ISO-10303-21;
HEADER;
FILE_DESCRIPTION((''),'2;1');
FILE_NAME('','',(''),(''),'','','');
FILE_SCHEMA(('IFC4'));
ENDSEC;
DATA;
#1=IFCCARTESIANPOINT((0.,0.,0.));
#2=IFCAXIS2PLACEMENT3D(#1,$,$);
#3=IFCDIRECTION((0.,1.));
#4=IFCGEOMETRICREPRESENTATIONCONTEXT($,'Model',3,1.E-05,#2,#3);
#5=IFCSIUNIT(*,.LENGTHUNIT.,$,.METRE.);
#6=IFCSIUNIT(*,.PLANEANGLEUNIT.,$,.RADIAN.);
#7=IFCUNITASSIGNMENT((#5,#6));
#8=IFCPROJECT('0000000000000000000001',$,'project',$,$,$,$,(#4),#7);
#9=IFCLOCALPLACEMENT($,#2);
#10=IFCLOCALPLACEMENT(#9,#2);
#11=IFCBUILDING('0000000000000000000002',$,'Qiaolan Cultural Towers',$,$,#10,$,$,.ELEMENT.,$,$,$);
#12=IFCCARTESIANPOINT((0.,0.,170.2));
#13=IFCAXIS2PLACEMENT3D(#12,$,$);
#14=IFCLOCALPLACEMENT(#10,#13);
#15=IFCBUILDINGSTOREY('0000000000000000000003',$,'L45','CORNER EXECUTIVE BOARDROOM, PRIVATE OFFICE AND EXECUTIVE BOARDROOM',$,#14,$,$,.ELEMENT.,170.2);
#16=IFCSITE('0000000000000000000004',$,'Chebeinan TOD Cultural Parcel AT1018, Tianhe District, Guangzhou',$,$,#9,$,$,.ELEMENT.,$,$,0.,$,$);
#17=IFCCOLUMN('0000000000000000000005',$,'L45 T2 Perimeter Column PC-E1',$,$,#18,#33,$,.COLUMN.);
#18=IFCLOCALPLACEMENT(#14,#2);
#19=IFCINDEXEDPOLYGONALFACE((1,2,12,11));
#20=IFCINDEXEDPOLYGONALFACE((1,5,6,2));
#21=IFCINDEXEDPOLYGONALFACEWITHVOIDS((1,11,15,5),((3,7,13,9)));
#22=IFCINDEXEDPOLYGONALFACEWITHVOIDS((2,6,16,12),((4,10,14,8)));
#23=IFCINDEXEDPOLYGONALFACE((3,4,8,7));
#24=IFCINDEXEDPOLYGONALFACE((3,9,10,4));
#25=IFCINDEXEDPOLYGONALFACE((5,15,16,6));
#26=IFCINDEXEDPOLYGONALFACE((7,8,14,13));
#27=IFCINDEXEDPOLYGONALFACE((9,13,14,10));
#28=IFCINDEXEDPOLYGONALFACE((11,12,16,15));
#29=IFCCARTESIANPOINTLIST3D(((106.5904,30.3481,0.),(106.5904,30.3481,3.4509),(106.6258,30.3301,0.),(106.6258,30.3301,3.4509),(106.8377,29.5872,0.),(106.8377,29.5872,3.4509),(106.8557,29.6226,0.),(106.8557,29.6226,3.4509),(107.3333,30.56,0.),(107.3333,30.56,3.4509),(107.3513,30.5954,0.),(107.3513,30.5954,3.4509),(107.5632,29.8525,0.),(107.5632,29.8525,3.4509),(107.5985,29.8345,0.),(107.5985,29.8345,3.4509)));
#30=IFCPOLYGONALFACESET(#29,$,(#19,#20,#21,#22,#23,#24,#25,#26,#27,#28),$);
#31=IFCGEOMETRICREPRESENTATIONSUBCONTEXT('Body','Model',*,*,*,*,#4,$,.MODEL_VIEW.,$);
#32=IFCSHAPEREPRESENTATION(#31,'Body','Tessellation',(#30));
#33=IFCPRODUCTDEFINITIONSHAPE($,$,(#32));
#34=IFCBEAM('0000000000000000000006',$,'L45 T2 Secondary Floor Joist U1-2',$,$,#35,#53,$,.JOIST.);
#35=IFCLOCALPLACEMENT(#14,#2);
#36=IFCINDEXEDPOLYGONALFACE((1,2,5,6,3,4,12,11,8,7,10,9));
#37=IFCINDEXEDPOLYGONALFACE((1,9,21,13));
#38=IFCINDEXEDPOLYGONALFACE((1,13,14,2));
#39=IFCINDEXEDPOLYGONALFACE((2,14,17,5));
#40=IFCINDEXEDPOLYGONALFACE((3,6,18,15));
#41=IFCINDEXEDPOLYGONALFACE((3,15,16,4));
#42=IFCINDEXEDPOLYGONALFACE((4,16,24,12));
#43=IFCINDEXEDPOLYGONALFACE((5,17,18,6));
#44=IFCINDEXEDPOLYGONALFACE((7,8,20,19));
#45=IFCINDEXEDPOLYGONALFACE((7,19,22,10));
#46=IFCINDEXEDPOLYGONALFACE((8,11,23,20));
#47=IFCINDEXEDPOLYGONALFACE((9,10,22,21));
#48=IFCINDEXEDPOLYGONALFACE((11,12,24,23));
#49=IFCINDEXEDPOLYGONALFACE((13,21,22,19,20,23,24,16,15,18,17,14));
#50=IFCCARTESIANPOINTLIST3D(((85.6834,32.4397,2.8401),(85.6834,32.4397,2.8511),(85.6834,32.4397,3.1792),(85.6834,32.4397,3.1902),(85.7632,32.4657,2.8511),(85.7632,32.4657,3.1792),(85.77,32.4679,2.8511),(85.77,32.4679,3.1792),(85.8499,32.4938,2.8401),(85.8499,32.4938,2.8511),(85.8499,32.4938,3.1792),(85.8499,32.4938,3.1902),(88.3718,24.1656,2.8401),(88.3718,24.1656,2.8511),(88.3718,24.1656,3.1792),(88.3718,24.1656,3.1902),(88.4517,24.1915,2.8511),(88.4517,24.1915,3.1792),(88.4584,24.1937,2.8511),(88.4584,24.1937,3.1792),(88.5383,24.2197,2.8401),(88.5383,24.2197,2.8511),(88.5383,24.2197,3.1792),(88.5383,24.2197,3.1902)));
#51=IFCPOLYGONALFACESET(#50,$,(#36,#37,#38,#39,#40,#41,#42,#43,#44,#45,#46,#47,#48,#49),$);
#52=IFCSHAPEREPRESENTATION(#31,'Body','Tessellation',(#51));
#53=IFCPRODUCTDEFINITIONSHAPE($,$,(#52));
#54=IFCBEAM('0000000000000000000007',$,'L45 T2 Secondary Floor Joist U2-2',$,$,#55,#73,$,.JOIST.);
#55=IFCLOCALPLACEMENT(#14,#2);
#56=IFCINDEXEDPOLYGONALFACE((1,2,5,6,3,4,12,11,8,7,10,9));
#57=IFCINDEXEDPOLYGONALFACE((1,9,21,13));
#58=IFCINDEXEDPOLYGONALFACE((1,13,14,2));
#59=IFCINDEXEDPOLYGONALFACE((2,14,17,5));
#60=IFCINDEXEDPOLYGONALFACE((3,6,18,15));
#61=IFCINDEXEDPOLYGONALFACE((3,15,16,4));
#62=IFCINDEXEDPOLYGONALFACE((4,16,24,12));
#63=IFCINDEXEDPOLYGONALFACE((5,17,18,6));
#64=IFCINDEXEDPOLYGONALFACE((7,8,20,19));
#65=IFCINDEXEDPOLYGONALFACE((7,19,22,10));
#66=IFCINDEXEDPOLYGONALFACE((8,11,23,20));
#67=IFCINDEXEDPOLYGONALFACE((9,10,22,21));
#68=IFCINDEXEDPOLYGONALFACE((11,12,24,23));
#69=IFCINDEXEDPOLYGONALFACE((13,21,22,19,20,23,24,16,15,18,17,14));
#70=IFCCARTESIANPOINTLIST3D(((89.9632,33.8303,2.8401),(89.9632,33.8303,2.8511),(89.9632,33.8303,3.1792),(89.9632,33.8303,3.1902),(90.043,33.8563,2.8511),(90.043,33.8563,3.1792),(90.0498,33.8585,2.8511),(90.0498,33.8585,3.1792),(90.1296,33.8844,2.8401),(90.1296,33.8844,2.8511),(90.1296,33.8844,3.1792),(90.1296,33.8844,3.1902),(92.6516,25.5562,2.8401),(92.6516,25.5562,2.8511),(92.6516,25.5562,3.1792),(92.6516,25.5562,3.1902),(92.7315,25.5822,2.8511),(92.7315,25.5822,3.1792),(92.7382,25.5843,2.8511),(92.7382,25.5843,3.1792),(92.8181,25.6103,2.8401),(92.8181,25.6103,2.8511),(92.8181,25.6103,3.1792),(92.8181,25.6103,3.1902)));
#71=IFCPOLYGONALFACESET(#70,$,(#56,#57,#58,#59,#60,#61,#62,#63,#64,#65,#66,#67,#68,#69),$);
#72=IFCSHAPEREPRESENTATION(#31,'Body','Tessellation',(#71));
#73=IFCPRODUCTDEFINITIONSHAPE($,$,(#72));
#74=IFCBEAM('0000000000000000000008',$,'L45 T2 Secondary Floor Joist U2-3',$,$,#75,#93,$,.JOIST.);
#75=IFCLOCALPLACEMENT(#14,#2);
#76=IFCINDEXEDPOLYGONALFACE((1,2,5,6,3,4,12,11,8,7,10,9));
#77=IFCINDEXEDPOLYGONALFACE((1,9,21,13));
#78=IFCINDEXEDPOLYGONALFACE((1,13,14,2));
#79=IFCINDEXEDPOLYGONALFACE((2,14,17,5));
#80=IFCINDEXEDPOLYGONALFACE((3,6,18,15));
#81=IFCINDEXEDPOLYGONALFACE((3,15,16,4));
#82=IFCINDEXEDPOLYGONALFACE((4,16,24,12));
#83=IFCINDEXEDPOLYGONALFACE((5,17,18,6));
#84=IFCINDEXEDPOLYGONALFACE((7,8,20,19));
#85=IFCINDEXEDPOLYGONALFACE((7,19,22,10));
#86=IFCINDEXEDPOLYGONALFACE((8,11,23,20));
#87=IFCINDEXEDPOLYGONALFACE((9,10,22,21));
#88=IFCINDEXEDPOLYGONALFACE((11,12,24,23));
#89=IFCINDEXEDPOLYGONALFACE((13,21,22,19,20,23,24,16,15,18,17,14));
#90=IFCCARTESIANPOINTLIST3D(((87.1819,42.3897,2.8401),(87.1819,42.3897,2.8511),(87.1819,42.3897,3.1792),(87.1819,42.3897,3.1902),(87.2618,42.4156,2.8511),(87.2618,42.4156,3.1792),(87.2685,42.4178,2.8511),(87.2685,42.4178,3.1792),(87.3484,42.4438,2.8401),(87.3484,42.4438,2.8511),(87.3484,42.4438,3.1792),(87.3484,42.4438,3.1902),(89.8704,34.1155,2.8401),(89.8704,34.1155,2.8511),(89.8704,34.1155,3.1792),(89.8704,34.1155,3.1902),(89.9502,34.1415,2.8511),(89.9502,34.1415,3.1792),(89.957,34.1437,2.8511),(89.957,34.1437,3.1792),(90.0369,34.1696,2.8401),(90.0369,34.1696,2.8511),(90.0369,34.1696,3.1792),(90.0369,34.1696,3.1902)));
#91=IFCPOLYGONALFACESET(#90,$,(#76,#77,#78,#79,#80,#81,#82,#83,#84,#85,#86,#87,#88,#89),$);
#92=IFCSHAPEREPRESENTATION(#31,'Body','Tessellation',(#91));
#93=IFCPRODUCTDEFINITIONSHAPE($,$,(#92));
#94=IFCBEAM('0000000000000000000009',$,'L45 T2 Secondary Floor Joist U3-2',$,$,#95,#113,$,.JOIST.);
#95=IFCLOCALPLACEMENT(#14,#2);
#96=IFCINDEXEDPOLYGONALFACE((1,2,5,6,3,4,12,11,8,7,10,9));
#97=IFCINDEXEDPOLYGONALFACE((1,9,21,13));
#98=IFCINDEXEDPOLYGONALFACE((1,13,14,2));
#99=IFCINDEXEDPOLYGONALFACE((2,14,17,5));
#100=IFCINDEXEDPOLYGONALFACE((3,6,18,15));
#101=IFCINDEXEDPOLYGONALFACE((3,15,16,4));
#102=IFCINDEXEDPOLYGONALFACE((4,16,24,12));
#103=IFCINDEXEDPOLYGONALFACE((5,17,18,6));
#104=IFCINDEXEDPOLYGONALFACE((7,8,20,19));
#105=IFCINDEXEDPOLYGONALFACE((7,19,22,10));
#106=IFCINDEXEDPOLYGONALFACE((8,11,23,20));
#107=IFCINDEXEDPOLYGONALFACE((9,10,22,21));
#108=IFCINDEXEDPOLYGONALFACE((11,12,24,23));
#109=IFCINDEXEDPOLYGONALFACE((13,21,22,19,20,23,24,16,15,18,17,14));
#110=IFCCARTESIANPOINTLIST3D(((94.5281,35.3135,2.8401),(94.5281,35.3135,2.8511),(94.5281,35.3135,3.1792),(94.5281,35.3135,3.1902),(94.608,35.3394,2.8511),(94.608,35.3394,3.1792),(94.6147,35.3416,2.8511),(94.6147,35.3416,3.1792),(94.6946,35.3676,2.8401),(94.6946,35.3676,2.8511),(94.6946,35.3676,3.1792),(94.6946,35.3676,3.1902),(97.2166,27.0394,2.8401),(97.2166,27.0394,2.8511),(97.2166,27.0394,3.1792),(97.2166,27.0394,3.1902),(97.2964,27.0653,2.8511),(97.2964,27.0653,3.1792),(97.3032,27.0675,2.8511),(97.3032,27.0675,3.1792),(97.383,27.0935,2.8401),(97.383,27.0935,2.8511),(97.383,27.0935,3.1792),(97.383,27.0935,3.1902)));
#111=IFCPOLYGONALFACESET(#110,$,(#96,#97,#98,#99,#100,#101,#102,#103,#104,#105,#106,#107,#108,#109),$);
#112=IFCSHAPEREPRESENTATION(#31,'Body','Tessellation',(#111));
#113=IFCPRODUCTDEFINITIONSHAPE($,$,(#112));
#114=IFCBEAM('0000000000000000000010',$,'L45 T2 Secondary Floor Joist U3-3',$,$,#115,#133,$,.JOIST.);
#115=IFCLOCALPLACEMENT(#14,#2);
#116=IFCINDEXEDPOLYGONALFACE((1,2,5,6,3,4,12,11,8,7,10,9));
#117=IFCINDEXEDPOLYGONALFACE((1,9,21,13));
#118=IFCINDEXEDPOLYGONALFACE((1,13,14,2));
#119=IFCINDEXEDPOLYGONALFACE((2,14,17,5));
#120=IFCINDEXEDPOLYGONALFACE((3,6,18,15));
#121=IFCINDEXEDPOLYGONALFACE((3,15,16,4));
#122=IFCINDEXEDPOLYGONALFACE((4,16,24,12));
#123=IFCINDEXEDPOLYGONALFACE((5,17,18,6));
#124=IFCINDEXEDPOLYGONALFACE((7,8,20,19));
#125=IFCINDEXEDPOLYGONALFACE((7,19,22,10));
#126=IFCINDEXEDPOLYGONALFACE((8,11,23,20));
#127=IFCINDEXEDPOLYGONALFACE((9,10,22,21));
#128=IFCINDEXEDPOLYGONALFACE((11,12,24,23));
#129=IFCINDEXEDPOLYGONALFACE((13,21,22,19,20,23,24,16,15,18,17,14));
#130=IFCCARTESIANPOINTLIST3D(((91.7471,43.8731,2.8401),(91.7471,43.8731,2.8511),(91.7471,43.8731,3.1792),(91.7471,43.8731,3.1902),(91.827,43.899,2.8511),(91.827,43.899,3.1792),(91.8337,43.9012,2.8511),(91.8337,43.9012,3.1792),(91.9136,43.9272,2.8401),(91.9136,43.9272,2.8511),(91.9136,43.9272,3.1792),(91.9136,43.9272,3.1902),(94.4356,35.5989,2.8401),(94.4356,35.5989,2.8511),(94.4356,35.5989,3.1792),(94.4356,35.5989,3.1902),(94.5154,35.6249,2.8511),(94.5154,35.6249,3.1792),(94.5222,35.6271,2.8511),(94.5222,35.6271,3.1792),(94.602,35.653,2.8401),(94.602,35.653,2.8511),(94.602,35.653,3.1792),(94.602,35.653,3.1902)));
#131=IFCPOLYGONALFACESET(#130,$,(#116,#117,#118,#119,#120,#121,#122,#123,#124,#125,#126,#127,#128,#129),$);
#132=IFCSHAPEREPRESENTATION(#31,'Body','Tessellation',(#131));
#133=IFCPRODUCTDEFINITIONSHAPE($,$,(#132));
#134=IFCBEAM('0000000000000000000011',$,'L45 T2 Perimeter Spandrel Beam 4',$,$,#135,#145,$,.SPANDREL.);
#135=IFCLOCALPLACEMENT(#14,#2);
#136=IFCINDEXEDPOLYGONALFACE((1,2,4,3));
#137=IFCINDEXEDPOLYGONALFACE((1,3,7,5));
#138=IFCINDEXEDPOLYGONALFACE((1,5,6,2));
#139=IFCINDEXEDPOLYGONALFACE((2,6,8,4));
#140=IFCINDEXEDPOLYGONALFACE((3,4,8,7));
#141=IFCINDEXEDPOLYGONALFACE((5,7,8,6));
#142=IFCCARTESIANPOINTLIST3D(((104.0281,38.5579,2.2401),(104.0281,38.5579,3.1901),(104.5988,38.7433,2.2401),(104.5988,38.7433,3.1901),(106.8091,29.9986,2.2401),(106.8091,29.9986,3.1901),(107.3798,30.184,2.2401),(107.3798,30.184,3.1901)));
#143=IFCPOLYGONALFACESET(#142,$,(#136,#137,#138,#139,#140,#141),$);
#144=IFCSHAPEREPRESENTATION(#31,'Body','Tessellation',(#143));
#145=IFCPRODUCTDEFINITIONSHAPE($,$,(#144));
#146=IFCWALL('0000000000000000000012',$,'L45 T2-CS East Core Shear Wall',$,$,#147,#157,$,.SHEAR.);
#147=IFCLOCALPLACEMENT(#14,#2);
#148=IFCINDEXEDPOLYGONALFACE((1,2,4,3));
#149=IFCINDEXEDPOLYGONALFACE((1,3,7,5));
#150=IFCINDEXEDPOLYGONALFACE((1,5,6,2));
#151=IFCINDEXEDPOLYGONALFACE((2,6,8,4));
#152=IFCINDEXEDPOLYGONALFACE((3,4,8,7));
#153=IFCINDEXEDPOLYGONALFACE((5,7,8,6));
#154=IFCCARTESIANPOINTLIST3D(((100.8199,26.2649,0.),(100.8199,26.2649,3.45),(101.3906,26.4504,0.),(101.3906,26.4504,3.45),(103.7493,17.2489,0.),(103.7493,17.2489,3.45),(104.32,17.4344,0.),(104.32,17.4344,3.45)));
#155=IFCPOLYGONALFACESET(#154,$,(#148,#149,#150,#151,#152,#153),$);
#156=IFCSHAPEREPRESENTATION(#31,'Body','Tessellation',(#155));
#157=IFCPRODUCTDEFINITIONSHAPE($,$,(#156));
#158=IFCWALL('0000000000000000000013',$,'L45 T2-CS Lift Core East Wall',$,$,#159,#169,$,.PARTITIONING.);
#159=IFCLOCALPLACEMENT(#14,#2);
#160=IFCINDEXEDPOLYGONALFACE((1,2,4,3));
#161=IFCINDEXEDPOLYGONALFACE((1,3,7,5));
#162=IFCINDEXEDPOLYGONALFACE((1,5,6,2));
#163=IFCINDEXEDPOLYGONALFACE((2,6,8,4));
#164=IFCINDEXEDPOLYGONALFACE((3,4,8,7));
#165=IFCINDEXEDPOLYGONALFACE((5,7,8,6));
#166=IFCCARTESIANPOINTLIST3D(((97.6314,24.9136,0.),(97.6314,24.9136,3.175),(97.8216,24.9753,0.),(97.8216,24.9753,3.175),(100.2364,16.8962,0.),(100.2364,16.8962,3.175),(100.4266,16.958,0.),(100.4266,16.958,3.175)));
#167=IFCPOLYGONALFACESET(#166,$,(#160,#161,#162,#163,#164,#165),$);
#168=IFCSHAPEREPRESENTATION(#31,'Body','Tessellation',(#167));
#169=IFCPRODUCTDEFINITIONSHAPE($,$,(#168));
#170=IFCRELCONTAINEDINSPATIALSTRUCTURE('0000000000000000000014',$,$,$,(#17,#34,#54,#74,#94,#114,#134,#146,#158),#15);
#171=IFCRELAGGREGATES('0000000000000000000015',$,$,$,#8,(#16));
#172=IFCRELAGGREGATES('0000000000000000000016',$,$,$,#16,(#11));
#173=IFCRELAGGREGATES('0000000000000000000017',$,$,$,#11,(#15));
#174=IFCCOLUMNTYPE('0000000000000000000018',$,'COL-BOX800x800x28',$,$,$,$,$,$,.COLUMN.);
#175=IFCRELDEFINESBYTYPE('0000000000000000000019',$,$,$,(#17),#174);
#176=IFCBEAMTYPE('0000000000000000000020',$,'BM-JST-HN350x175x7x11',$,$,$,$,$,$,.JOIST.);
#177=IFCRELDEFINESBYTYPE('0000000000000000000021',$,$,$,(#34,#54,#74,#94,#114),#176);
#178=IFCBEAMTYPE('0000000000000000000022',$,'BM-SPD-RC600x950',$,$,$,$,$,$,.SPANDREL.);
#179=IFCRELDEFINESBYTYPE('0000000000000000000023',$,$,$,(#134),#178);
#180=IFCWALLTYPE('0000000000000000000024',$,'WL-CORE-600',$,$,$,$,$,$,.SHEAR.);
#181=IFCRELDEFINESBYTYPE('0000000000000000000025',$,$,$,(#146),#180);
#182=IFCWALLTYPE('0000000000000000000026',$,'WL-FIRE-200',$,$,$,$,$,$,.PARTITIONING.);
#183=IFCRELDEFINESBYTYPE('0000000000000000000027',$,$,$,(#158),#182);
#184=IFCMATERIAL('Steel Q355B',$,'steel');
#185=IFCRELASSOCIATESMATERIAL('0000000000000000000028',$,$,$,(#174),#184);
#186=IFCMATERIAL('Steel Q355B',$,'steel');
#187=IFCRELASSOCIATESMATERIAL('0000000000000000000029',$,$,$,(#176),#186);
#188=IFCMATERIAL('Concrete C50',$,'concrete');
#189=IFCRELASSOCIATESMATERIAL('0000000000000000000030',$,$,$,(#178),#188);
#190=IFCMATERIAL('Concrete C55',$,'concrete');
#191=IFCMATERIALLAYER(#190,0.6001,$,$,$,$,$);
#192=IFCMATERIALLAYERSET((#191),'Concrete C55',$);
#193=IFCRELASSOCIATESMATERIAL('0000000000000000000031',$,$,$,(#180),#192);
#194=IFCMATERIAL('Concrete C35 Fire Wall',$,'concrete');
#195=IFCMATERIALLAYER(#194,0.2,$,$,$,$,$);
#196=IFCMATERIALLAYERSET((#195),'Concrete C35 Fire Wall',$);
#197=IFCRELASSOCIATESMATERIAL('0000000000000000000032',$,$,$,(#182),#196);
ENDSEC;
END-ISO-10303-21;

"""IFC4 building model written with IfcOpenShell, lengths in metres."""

from ifc_helpers import new_model, si_unit, direction, frame, frame_2d, origin, origin_2d, place, context, subcontext, project, spatial, rectangle, hollow_rectangle, i_section, extrude, material, layer, layer_set, material_profile, profile_set, type_object, element, save


model = new_model("IFC4")

# Units and contexts
model_context = context("Model", 3, precision=1e-05, world=origin(), true_north=direction((0.0, 1.0)))
body_context = subcontext(model_context, "Body", "Model", "MODEL_VIEW")
ifc_project = project(units=[si_unit("LENGTHUNIT", "METRE"), si_unit("PLANEANGLEUNIT", "RADIAN")], contexts=[model_context])

# Site, building, storey
site_placement = place(None, origin())
site = spatial("IfcSite", under=ifc_project, at=site_placement, Name="Chebeinan TOD Cultural Parcel AT1018, Tianhe District, Guangzhou", CompositionType="ELEMENT", RefElevation=0.0)
building_placement = place(site_placement, origin())
building = spatial("IfcBuilding", under=site, at=building_placement, Name="Qiaolan Cultural Towers", CompositionType="ELEMENT")
storey_placement = place(building_placement, frame((0.0, 0.0, 170.2)))
storey = spatial("IfcBuildingStorey", under=building, at=storey_placement, Name="L45", Description="CORNER EXECUTIVE BOARDROOM, PRIVATE OFFICE AND EXECUTIVE BOARDROOM", CompositionType="ELEMENT", Elevation=170.2)

# Column
ifc_material_1 = material(Name="Steel Q355B", Category="steel")
ifc_material_profile_1 = material_profile(ifc_material_1, hollow_rectangle(XDim=0.8, YDim=0.8, WallThickness=0.0281, at=origin_2d()), Name="BOX800x800x28")
ifc_profile_set_1 = profile_set([ifc_material_profile_1], Name="Steel Q355B")
column_type = type_object("IfcColumnType", Name="COL-BOX800x800x28", PredefinedType="COLUMN", material=ifc_profile_set_1)
column_placement = place(storey_placement, frame((107.0945, 30.0913, 0.0), z_axis=(0.0, 0.0, 1.0), x_axis=(0.951057, 0.309017, 0.0)))
element("IfcColumn", 1, at=column_placement, inside=storey, type_object=column_type, Name="L45 T2 Perimeter Column PC-E1", PredefinedType="COLUMN", context=body_context, shape_type="SweptSolid", body=[
    extrude(hollow_rectangle(XDim=0.8, YDim=0.8, WallThickness=0.0281, at=origin_2d()), origin(), (0.0, 0.0, 1.0), 3.4509),
])

# Beams
ifc_material_2 = material(Name="Steel Q355B", Category="steel")
ifc_material_profile_2 = material_profile(ifc_material_2, i_section(OverallWidth=0.175, OverallDepth=0.3501, WebThickness=0.0071, FlangeThickness=0.011, at=origin_2d()), Name="HN350x175x7x11")
ifc_profile_set_2 = profile_set([ifc_material_profile_2], Name="Steel Q355B")
beam_type_1 = type_object("IfcBeamType", Name="BM-JST-HN350x175x7x11", PredefinedType="JOIST", material=ifc_profile_set_2)
for number, where, z_axis, x_axis, name in (
    (2, (88.4551, 24.1926, 3.0151), (-0.309021, 0.951055, 0.0), (-0.951055, -0.309021, 0.0), "L45 T2 Secondary Floor Joist U1-2"),
    (3, (92.7349, 25.5833, 3.0151), (-0.309021, 0.951055, 0.0), (-0.951055, -0.309021, 0.0), "L45 T2 Secondary Floor Joist U2-2"),
    (4, (89.9536, 34.1426, 3.0151), (-0.309021, 0.951055, 0.0), (-0.951055, -0.309021, 0.0), "L45 T2 Secondary Floor Joist U2-3"),
    (5, (97.2998, 27.0664, 3.0151), (-0.309021, 0.951055, 0.0), (-0.951055, -0.309021, 0.0), "L45 T2 Secondary Floor Joist U3-2"),
    (6, (94.5188, 35.626, 3.0151), (-0.309021, 0.951055, 0.0), (-0.951055, -0.309021, 0.0), "L45 T2 Secondary Floor Joist U3-3"),
):
    element("IfcBeam", number, at=place(storey_placement, frame(where, z_axis=z_axis, x_axis=x_axis)), inside=storey, type_object=beam_type_1, Name=name, PredefinedType="JOIST", context=body_context, shape_type="SweptSolid", body=[
        extrude(i_section(OverallWidth=0.175, OverallDepth=0.3501, WebThickness=0.0071, FlangeThickness=0.011, at=origin_2d()), origin(), (0.0, 0.0, 1.0), 8.7),
    ])
ifc_material_3 = material(Name="Concrete C50", Category="concrete")
ifc_material_profile_3 = material_profile(ifc_material_3, rectangle(XDim=0.6001, YDim=0.95, at=origin_2d()), Name="RC600x950")
ifc_profile_set_3 = profile_set([ifc_material_profile_3], Name="Concrete C50")
beam_type_2 = type_object("IfcBeamType", Name="BM-SPD-RC600x950", PredefinedType="SPANDREL", material=ifc_profile_set_3)
beam_placement = place(storey_placement, frame((107.0945, 30.0913, 2.7151), z_axis=(-0.309008, 0.951059, 0.0), x_axis=(-0.951059, -0.309008, 0.0)))
element("IfcBeam", 7, at=beam_placement, inside=storey, type_object=beam_type_2, Name="L45 T2 Perimeter Spandrel Beam 4", PredefinedType="SPANDREL", context=body_context, shape_type="SweptSolid", body=[
    extrude(rectangle(XDim=0.6001, YDim=0.95, at=origin_2d()), origin(), (0.0, 0.0, 1.0), 8.9998),
])

# Walls
ifc_material_4 = material(Name="Concrete C55", Category="concrete")
ifc_layer_1 = layer(ifc_material_4, 0.6001)
ifc_layer_set_1 = layer_set([ifc_layer_1], Name="Concrete C55")
wall_type_1 = type_object("IfcWallType", Name="WL-CORE-600", PredefinedType="SHEAR", material=ifc_layer_set_1)
wall_1_placement = place(storey_placement, frame((101.1052, 26.3577, 0.0), z_axis=(0.0, 0.0, 1.0), x_axis=(0.30901, -0.951059, 0.0)))
element("IfcWall", 8, at=wall_1_placement, inside=storey, type_object=wall_type_1, Name="L45 T2-CS East Core Shear Wall", PredefinedType="SHEAR", context=body_context, shape_type="SweptSolid", body=[
    extrude(rectangle(XDim=9.48, YDim=0.6001, at=frame_2d((4.74, 0.0))), origin(), (0.0, 0.0, 1.0), 3.45),
])
ifc_material_5 = material(Name="Concrete C35 Fire Wall", Category="concrete")
ifc_layer_2 = layer(ifc_material_5, 0.2)
ifc_layer_set_2 = layer_set([ifc_layer_2], Name="Concrete C35 Fire Wall")
wall_type_2 = type_object("IfcWallType", Name="WL-FIRE-200", PredefinedType="PARTITIONING", material=ifc_layer_set_2)
wall_2_placement = place(storey_placement, frame((97.7266, 24.9443, 0.0), z_axis=(0.0, 0.0, 1.0), x_axis=(0.309016, -0.951057, 0.0)))
element("IfcWall", 9, at=wall_2_placement, inside=storey, type_object=wall_type_2, Name="L45 T2-CS Lift Core East Wall", PredefinedType="PARTITIONING", context=body_context, shape_type="SweptSolid", body=[
    extrude(rectangle(XDim=8.4299, YDim=0.2, at=frame_2d((4.2148, 0.0))), origin(), (0.0, 0.0, 1.0), 3.175),
])

save(model, "model.ifc")
